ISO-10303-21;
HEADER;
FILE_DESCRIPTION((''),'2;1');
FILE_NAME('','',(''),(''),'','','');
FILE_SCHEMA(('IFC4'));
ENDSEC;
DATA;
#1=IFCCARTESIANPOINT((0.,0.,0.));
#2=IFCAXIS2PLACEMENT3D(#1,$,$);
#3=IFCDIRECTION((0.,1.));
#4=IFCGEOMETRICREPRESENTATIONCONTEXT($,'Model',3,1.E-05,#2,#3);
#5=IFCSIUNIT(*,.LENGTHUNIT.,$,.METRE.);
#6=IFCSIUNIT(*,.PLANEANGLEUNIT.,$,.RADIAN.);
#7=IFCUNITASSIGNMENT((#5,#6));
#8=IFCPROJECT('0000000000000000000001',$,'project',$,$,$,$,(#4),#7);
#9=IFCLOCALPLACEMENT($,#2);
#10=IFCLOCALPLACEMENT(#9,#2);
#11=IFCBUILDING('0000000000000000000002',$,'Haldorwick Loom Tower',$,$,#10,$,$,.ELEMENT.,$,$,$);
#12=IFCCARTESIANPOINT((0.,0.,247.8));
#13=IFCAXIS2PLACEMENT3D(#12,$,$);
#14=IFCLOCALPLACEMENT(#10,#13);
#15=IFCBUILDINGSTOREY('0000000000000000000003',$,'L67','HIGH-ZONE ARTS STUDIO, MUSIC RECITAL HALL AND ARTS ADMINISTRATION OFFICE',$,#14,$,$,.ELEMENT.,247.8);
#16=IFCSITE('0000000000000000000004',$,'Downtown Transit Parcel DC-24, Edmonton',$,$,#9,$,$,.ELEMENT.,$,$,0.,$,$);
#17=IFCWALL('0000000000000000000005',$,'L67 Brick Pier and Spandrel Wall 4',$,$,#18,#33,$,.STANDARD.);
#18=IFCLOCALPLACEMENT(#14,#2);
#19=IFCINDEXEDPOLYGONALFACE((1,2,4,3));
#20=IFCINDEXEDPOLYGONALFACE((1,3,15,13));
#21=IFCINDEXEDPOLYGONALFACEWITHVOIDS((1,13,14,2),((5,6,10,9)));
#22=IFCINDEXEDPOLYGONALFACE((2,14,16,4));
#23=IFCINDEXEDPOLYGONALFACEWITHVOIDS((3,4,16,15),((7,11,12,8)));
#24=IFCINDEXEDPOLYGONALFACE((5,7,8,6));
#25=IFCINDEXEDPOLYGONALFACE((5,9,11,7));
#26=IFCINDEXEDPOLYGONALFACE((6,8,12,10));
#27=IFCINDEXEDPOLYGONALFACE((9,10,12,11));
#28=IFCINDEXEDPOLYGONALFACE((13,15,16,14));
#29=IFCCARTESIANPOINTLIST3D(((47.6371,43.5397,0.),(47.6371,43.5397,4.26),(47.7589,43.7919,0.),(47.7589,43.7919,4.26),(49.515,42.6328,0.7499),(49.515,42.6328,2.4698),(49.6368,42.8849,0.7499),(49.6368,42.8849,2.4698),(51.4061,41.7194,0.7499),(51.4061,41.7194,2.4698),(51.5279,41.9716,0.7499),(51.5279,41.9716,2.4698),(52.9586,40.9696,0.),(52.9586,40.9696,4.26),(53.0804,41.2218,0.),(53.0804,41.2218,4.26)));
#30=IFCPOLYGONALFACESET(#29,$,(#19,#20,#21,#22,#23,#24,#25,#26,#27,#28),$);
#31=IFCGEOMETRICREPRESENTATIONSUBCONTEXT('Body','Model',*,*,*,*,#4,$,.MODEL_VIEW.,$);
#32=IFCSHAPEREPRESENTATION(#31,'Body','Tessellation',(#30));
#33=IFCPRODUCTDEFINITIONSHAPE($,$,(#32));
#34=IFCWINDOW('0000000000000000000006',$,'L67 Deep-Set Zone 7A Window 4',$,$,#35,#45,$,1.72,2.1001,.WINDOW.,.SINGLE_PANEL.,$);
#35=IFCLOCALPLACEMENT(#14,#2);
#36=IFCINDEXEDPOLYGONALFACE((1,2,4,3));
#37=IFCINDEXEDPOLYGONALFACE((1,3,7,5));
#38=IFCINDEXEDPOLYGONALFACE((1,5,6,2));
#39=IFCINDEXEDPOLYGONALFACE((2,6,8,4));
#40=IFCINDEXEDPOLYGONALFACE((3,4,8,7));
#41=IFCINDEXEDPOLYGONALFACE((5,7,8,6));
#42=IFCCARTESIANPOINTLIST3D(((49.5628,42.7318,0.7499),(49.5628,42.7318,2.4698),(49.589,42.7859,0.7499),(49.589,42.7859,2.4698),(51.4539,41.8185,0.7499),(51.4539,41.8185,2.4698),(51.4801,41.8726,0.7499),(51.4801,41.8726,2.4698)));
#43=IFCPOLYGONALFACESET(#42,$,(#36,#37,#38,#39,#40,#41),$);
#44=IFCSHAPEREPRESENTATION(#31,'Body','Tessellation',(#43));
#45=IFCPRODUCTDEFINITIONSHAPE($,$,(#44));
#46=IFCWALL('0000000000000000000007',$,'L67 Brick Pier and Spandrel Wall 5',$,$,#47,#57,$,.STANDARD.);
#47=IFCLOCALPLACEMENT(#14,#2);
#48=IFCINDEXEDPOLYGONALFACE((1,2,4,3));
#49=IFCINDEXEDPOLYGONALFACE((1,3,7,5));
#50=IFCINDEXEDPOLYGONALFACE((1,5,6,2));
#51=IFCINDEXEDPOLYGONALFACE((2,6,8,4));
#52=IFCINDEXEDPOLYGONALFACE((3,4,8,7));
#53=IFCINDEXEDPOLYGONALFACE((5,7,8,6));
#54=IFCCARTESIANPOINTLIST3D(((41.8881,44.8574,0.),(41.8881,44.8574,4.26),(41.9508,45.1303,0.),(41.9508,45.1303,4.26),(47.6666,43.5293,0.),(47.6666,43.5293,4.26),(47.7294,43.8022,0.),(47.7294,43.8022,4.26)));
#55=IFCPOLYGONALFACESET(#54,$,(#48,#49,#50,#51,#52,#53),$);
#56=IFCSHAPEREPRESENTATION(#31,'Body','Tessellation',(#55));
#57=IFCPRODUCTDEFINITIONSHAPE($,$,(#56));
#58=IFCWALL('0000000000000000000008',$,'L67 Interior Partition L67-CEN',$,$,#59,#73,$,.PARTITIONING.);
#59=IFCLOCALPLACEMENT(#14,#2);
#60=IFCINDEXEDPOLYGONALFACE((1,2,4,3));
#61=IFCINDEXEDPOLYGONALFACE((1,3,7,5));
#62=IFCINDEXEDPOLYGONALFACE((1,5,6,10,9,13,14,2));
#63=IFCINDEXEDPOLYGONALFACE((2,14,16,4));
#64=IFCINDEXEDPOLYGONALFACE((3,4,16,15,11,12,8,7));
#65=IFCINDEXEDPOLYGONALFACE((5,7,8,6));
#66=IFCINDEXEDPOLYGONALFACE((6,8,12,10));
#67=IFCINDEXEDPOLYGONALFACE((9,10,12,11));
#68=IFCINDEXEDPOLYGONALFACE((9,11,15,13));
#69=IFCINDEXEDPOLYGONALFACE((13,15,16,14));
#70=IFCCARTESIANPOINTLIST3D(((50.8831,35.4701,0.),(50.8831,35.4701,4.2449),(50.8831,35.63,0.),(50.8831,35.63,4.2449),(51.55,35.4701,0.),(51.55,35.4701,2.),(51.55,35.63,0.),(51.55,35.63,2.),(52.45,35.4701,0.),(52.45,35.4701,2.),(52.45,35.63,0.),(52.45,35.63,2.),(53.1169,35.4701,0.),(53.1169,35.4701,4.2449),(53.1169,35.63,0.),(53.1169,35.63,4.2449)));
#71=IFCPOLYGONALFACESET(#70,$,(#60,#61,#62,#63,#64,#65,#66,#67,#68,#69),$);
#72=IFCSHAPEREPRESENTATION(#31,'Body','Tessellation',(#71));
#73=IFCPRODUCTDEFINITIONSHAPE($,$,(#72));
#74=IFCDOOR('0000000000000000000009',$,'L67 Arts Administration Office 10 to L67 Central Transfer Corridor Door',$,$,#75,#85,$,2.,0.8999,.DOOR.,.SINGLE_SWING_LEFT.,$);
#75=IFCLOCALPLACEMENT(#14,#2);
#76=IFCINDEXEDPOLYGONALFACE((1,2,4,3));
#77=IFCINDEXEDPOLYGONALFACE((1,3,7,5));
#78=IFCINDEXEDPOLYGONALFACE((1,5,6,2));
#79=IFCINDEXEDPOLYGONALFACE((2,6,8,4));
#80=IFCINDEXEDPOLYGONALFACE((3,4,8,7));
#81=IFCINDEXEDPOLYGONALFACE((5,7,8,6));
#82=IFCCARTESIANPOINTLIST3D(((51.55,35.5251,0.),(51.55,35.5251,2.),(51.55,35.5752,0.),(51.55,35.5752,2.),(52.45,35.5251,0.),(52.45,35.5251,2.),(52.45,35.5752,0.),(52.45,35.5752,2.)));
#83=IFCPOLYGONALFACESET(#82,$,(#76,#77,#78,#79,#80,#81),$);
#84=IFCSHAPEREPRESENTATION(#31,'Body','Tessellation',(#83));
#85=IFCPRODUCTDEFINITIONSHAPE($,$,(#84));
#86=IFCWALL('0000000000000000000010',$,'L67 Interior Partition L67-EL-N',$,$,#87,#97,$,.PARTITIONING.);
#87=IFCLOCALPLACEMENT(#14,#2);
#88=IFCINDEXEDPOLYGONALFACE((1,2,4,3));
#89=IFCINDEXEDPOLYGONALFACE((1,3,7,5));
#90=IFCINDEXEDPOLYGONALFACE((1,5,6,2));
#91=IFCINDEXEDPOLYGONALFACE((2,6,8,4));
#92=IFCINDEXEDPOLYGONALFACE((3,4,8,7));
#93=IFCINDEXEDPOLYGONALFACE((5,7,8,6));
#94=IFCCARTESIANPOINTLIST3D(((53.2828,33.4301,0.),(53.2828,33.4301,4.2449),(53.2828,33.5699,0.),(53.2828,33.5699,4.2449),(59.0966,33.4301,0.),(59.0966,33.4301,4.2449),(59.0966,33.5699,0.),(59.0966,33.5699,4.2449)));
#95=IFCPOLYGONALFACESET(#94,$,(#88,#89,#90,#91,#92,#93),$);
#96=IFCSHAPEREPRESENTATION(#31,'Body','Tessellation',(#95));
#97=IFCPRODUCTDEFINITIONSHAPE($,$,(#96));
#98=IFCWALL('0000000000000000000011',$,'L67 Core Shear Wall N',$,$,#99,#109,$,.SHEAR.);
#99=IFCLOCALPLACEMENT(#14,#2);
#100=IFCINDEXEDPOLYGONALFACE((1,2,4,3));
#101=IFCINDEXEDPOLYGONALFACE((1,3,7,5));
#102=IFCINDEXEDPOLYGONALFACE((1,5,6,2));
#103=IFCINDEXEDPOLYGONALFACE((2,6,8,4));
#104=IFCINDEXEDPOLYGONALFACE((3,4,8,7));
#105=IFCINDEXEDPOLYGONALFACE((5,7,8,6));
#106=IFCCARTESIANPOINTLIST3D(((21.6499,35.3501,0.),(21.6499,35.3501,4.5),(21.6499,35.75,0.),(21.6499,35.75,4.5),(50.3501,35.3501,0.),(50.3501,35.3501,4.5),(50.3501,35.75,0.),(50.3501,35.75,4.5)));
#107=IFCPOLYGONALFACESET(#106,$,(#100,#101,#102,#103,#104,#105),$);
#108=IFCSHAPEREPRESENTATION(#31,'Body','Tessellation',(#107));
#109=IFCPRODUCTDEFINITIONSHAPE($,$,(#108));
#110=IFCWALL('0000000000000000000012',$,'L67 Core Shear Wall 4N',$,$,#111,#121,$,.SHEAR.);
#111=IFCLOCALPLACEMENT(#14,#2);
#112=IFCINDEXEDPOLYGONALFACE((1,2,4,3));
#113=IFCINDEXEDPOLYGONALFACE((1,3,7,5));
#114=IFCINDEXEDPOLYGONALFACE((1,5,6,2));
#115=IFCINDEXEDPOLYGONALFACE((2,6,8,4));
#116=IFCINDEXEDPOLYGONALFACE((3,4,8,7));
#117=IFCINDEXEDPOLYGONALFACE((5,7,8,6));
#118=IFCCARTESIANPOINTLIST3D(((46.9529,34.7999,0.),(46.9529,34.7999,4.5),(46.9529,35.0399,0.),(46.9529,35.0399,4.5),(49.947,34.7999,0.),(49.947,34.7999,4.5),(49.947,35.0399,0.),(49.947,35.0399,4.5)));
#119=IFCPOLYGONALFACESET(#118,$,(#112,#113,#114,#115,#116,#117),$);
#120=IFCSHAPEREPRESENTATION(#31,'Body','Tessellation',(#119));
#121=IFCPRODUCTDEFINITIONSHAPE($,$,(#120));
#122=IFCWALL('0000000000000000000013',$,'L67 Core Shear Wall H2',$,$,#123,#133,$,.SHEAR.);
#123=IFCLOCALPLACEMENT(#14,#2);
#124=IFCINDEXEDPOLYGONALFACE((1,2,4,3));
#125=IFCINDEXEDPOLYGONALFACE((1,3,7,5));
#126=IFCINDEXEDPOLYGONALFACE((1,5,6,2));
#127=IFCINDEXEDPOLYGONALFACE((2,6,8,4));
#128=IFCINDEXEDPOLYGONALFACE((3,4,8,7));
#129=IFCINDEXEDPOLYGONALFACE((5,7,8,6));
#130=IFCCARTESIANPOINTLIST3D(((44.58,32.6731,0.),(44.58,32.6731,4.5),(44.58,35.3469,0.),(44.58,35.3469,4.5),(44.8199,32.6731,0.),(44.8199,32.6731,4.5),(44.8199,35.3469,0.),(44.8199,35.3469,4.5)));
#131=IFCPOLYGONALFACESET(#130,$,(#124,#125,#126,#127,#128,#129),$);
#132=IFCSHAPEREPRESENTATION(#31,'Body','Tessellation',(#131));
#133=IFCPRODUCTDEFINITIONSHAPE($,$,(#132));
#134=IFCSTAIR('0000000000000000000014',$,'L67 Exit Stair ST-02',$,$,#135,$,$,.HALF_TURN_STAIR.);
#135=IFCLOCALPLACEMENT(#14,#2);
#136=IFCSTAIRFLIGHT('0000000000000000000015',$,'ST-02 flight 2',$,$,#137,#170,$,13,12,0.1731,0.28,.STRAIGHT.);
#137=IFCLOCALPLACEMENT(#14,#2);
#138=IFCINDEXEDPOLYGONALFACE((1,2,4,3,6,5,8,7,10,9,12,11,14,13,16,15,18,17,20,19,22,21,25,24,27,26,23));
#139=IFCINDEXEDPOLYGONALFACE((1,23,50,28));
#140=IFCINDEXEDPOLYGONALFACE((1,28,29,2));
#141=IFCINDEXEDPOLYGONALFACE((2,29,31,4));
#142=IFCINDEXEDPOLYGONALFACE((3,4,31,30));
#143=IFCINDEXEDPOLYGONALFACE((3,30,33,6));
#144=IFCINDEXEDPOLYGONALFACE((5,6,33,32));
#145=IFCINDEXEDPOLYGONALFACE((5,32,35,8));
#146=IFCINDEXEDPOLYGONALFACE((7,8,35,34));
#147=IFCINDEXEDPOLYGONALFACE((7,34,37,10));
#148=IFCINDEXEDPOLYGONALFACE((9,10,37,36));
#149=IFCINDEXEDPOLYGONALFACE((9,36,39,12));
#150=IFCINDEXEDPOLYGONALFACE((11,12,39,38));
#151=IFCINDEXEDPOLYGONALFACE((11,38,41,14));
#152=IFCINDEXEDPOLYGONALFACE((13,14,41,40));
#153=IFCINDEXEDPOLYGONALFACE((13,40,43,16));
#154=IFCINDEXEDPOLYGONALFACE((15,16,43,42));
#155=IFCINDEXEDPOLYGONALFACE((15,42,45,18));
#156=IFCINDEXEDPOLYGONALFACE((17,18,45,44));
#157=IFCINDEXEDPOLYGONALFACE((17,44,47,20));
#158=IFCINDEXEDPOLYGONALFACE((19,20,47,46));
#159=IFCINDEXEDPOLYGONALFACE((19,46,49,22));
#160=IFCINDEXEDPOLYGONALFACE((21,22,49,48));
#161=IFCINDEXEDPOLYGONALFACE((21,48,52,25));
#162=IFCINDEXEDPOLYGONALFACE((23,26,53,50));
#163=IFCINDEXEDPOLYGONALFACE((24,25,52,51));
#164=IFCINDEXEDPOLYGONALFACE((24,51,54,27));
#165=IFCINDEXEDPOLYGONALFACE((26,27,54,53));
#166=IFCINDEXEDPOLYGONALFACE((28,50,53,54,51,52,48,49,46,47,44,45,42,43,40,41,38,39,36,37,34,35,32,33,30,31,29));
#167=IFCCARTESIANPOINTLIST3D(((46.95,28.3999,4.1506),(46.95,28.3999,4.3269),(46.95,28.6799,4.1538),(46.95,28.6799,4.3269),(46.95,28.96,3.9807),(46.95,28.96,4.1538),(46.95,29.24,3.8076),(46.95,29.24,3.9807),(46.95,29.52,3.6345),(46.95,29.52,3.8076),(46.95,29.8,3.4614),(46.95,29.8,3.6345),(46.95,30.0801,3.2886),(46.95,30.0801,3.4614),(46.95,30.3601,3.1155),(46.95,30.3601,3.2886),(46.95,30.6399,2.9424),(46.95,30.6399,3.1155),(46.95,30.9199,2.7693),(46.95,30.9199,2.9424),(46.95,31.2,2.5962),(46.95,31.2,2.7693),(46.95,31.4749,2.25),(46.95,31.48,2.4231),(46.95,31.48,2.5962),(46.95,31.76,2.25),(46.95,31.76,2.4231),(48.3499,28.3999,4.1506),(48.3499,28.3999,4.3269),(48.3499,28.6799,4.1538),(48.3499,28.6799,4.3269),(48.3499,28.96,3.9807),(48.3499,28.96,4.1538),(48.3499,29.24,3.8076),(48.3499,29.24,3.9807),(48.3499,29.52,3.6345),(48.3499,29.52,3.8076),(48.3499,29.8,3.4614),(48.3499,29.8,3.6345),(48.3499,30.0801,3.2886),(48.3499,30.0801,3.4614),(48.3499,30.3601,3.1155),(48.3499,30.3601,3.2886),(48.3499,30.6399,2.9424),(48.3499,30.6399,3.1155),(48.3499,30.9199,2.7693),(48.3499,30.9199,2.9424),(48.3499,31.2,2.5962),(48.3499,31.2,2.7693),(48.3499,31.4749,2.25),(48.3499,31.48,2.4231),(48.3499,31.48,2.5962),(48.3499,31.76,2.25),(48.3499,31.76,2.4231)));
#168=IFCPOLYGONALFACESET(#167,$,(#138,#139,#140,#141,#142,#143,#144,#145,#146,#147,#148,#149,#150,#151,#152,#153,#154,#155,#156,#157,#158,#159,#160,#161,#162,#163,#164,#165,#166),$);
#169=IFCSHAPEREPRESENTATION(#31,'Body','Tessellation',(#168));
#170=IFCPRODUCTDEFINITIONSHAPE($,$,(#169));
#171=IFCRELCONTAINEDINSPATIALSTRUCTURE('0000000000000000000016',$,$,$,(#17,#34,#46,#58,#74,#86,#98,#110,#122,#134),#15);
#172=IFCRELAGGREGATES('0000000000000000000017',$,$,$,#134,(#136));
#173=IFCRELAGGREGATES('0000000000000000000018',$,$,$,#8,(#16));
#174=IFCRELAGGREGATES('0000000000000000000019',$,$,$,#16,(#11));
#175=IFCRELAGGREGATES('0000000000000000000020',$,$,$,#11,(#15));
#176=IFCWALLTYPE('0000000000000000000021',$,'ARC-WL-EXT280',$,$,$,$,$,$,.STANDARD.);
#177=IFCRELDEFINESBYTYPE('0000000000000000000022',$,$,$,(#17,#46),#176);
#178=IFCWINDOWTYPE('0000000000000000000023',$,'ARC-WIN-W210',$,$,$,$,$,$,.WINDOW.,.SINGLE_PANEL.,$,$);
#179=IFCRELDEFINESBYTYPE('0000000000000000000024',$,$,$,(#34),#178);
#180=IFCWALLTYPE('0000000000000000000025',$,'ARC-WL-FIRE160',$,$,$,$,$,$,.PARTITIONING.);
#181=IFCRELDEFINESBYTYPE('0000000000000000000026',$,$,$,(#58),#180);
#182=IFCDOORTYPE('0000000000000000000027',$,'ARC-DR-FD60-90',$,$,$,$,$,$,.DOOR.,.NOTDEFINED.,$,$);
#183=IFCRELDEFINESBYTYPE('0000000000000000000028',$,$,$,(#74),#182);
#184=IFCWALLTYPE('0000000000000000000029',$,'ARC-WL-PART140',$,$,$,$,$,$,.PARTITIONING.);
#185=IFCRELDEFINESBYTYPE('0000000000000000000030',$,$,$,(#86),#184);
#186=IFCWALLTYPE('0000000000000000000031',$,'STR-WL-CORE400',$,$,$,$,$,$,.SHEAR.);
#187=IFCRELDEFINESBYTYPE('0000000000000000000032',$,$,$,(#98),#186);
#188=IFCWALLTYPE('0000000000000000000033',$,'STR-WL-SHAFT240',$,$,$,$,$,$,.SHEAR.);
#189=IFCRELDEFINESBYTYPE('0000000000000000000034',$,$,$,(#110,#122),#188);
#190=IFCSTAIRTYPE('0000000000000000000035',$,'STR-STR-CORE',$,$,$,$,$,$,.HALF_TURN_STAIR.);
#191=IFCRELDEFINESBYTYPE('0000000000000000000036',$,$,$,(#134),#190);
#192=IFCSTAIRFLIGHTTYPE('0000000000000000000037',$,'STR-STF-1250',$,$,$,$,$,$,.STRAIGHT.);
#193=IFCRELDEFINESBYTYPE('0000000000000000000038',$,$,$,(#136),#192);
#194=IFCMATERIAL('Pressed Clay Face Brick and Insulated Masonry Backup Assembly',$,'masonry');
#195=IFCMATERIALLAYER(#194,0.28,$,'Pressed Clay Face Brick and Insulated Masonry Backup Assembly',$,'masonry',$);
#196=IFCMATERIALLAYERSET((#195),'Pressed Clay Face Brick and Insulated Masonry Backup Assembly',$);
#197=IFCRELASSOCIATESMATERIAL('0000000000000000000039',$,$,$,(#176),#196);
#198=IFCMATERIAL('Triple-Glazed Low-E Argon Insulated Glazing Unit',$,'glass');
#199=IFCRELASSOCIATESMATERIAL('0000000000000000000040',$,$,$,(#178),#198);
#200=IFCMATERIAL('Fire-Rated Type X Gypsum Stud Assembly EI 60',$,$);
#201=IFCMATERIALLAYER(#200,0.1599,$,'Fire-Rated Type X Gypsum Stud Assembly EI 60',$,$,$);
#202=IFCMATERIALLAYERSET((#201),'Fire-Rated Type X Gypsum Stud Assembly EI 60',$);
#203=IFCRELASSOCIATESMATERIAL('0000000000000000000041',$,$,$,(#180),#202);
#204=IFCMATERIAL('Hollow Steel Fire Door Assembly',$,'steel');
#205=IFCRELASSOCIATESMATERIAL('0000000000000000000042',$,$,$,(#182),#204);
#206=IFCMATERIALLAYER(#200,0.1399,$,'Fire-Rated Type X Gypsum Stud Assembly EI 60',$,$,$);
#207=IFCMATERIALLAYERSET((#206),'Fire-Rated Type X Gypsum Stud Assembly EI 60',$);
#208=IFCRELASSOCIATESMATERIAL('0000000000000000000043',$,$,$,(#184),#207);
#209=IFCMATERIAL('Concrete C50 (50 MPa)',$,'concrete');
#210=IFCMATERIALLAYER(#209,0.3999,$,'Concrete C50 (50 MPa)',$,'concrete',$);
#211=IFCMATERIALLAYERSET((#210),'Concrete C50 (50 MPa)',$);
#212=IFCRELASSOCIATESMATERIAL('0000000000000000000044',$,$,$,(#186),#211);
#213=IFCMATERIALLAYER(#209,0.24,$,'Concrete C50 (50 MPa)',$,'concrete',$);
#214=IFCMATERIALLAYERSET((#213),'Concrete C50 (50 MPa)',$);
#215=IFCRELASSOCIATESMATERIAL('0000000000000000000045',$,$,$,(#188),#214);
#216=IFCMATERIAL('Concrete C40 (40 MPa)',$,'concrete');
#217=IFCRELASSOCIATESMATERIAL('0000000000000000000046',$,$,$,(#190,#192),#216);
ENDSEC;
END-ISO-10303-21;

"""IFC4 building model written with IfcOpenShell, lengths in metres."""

from ifc_helpers import new_model, si_unit, direction, frame, frame_2d, origin, place, context, subcontext, project, spatial, polyline, rectangle, outline, extrude, material, layer, layer_set, type_object, element, fill, aggregate, save


model = new_model("IFC4")

# Units and contexts
model_context = context("Model", 3, precision=1e-05, world=origin(), true_north=direction((0.0, 1.0)))
body_context = subcontext(model_context, "Body", "Model", "MODEL_VIEW")
ifc_project = project(units=[si_unit("LENGTHUNIT", "METRE"), si_unit("PLANEANGLEUNIT", "RADIAN")], contexts=[model_context])

# Site, building, storey
site_placement = place(None, origin())
site = spatial("IfcSite", under=ifc_project, at=site_placement, Name="Downtown Transit Parcel DC-24, Edmonton", CompositionType="ELEMENT", RefElevation=0.0)
building_placement = place(site_placement, origin())
building = spatial("IfcBuilding", under=site, at=building_placement, Name="Haldorwick Loom Tower", CompositionType="ELEMENT")
storey_placement = place(building_placement, frame((0.0, 0.0, 247.8)))
storey = spatial("IfcBuildingStorey", under=building, at=storey_placement, Name="L67", Description="HIGH-ZONE ARTS STUDIO, MUSIC RECITAL HALL AND ARTS ADMINISTRATION OFFICE", CompositionType="ELEMENT", Elevation=247.8)

# Shared definitions
ifc_material_1 = material(Name="Pressed Clay Face Brick and Insulated Masonry Backup Assembly", Category="masonry")
ifc_layer_1 = layer(ifc_material_1, 0.28, Name="Pressed Clay Face Brick and Insulated Masonry Backup Assembly", Category="masonry")
ifc_layer_set_1 = layer_set([ifc_layer_1], Name="Pressed Clay Face Brick and Insulated Masonry Backup Assembly")
wall_type_1 = type_object("IfcWallType", Name="ARC-WL-EXT280", PredefinedType="STANDARD", material=ifc_layer_set_1)

# Wall, opening, window
wall_1_placement = place(storey_placement, frame((53.0195, 41.0957, 0.0), z_axis=(0.0, 0.0, 1.0), x_axis=(-0.900482, 0.434893, 0.0)))
wall_1 = element("IfcWall", 1, at=wall_1_placement, inside=storey, type_object=wall_type_1, Name="L67 Brick Pier and Spandrel Wall 4", PredefinedType="STANDARD", context=body_context, shape_type="SweptSolid", body=[
    extrude(rectangle(XDim=5.9097, YDim=0.28, at=frame_2d((2.9548, 0.0))), origin(), (0.0, 0.0, 1.0), 4.26),
])
opening_1_placement = place(wall_1_placement, frame((1.7241, 0.0, 0.75)))
opening_1 = element("IfcOpeningElement", 2, at=opening_1_placement, cuts=wall_1, PredefinedType="OPENING", context=body_context, shape_type="SweptSolid", body=[
    extrude(rectangle(XDim=2.1001, YDim=1.72, at=frame_2d((1.05, 0.8599))), frame((0.0, 0.1499, 0.0), z_axis=(0.0, -1.0, 0.0), x_axis=(1.0, 0.0, 0.0)), (0.0, 0.0, 1.0), 0.3),
])
ifc_material_2 = material(Name="Triple-Glazed Low-E Argon Insulated Glazing Unit", Category="glass")
window_type = type_object("IfcWindowType", Name="ARC-WIN-W210", PartitioningType="SINGLE_PANEL", PredefinedType="WINDOW", material=ifc_material_2)
window_placement = place(opening_1_placement, origin())
window = element("IfcWindow", 3, at=window_placement, inside=storey, type_object=window_type, Name="L67 Deep-Set Zone 7A Window 4", OverallHeight=1.72, OverallWidth=2.1001, PartitioningType="SINGLE_PANEL", PredefinedType="WINDOW", context=body_context, shape_type="SweptSolid", body=[
    extrude(rectangle(XDim=2.1001, YDim=1.72, at=frame_2d((1.05, 0.8599))), frame((0.0, 0.03, 0.0), z_axis=(0.0, -1.0, 0.0), x_axis=(1.0, 0.0, 0.0)), (0.0, 0.0, 1.0), 0.0601),
])
fill(opening_1, window)

# Wall
wall_2_placement = place(storey_placement, frame((47.698, 43.6658, 0.0), z_axis=(0.0, 0.0, 1.0), x_axis=(-0.97459, 0.223996, 0.0)))
element("IfcWall", 4, at=wall_2_placement, inside=storey, type_object=wall_type_1, Name="L67 Brick Pier and Spandrel Wall 5", PredefinedType="STANDARD", context=body_context, shape_type="SweptSolid", body=[
    extrude(rectangle(XDim=5.9292, YDim=0.28, at=frame_2d((2.9646, 0.0))), origin(), (0.0, 0.0, 1.0), 4.26),
])

# Wall, opening, door
ifc_material_3 = material(Name="Fire-Rated Type X Gypsum Stud Assembly EI 60")
ifc_layer_2 = layer(ifc_material_3, 0.1599, Name="Fire-Rated Type X Gypsum Stud Assembly EI 60")
ifc_layer_set_2 = layer_set([ifc_layer_2], Name="Fire-Rated Type X Gypsum Stud Assembly EI 60")
wall_type_2 = type_object("IfcWallType", Name="ARC-WL-FIRE160", PredefinedType="PARTITIONING", material=ifc_layer_set_2)
wall_3_placement = place(storey_placement, frame((50.8831, 35.55, 0.0), z_axis=(0.0, 0.0, 1.0), x_axis=(1.0, 0.0, 0.0)))
wall_3 = element("IfcWall", 5, at=wall_3_placement, inside=storey, type_object=wall_type_2, Name="L67 Interior Partition L67-CEN", PredefinedType="PARTITIONING", context=body_context, shape_type="SweptSolid", body=[
    extrude(rectangle(XDim=2.2339, YDim=0.1599, at=frame_2d((1.1169, 0.0))), origin(), (0.0, 0.0, 1.0), 4.2449),
])
opening_2_placement = place(wall_3_placement, frame((0.667, 0.0, 0.0)))
opening_2 = element("IfcOpeningElement", 6, at=opening_2_placement, cuts=wall_3, PredefinedType="OPENING", context=body_context, shape_type="SweptSolid", body=[
    extrude(rectangle(XDim=0.8999, YDim=2.0, at=frame_2d((0.45, 1.0))), frame((0.0, 0.0898, 0.0), z_axis=(0.0, -1.0, 0.0), x_axis=(1.0, 0.0, 0.0)), (0.0, 0.0, 1.0), 0.1799),
])
ifc_material_4 = material(Name="Hollow Steel Fire Door Assembly", Category="steel")
door_type = type_object("IfcDoorType", Name="ARC-DR-FD60-90", OperationType="NOTDEFINED", PredefinedType="DOOR", material=ifc_material_4)
door_placement = place(opening_2_placement, frame((0.8999, 0.0, 0.0), z_axis=(0.0, 0.0, 1.0), x_axis=(-1.0, 0.0, 0.0)))
door = element("IfcDoor", 7, at=door_placement, inside=storey, type_object=door_type, Name="L67 Arts Administration Office 10 to L67 Central Transfer Corridor Door", OperationType="SINGLE_SWING_LEFT", OverallHeight=2.0, OverallWidth=0.8999, PredefinedType="DOOR", context=body_context, shape_type="SweptSolid", body=[
    extrude(rectangle(XDim=0.8999, YDim=2.0, at=frame_2d((0.45, 1.0))), frame((0.0, 0.0249, 0.0), z_axis=(0.0, -1.0, 0.0), x_axis=(1.0, 0.0, 0.0)), (0.0, 0.0, 1.0), 0.05),
])
fill(opening_2, door)

# Walls
ifc_layer_3 = layer(ifc_material_3, 0.1399, Name="Fire-Rated Type X Gypsum Stud Assembly EI 60")
ifc_layer_set_3 = layer_set([ifc_layer_3], Name="Fire-Rated Type X Gypsum Stud Assembly EI 60")
wall_type_3 = type_object("IfcWallType", Name="ARC-WL-PART140", PredefinedType="PARTITIONING", material=ifc_layer_set_3)
wall_4_placement = place(storey_placement, frame((53.283, 33.5, 0.0), z_axis=(0.0, 0.0, 1.0), x_axis=(1.0, 0.0, 0.0)))
element("IfcWall", 8, at=wall_4_placement, inside=storey, type_object=wall_type_3, Name="L67 Interior Partition L67-EL-N", PredefinedType="PARTITIONING", context=body_context, shape_type="SweptSolid", body=[
    extrude(rectangle(XDim=5.8137, YDim=0.1399, at=frame_2d((2.9067, 0.0))), origin(), (0.0, 0.0, 1.0), 4.2449),
])
ifc_material_5 = material(Name="Concrete C50 (50 MPa)", Category="concrete")
ifc_layer_4 = layer(ifc_material_5, 0.3999, Name="Concrete C50 (50 MPa)", Category="concrete")
ifc_layer_set_4 = layer_set([ifc_layer_4], Name="Concrete C50 (50 MPa)")
wall_type_4 = type_object("IfcWallType", Name="STR-WL-CORE400", PredefinedType="SHEAR", material=ifc_layer_set_4)
wall_5_placement = place(storey_placement, frame((50.3501, 35.55, 0.0), z_axis=(0.0, 0.0, 1.0), x_axis=(-1.0, 0.0, 0.0)))
element("IfcWall", 9, at=wall_5_placement, inside=storey, type_object=wall_type_4, Name="L67 Core Shear Wall N", PredefinedType="SHEAR", context=body_context, shape_type="SweptSolid", body=[
    extrude(rectangle(XDim=28.7002, YDim=0.3999, at=frame_2d((14.3501, 0.0))), origin(), (0.0, 0.0, 1.0), 4.5),
])
ifc_layer_5 = layer(ifc_material_5, 0.24, Name="Concrete C50 (50 MPa)", Category="concrete")
ifc_layer_set_5 = layer_set([ifc_layer_5], Name="Concrete C50 (50 MPa)")
wall_type_5 = type_object("IfcWallType", Name="STR-WL-SHAFT240", PredefinedType="SHEAR", material=ifc_layer_set_5)
wall_6_placement = place(storey_placement, frame((46.9529, 34.9199, 0.0), z_axis=(0.0, 0.0, 1.0), x_axis=(1.0, 0.0, 0.0)))
element("IfcWall", 10, at=wall_6_placement, inside=storey, type_object=wall_type_5, Name="L67 Core Shear Wall 4N", PredefinedType="SHEAR", context=body_context, shape_type="SweptSolid", body=[
    extrude(rectangle(XDim=2.9941, YDim=0.24, at=frame_2d((1.4971, 0.0))), origin(), (0.0, 0.0, 1.0), 4.5),
])
wall_7_placement = place(storey_placement, frame((44.7, 32.6731, 0.0), z_axis=(0.0, 0.0, 1.0), x_axis=(0.0, 1.0, 0.0)))
element("IfcWall", 11, at=wall_7_placement, inside=storey, type_object=wall_type_5, Name="L67 Core Shear Wall H2", PredefinedType="SHEAR", context=body_context, shape_type="SweptSolid", body=[
    extrude(rectangle(XDim=2.6738, YDim=0.24, at=frame_2d((1.3369, 0.0))), origin(), (0.0, 0.0, 1.0), 4.5),
])

# Stair, stair flight
ifc_material_6 = material(Name="Concrete C40 (40 MPa)", Category="concrete")
stair_type = type_object("IfcStairType", Name="STR-STR-CORE", PredefinedType="HALF_TURN_STAIR", material=ifc_material_6)
stair_placement = place(storey_placement, origin())
stair = element("IfcStair", 12, at=stair_placement, inside=storey, type_object=stair_type, Name="L67 Exit Stair ST-02", PredefinedType="HALF_TURN_STAIR")
stair_flight_type = type_object("IfcStairFlightType", Name="STR-STF-1250", PredefinedType="STRAIGHT", material=ifc_material_6)
stair_flight_placement = place(storey_placement, frame((47.6499, 31.76, 2.25), z_axis=(0.0, 0.0, 1.0), x_axis=(0.0, -1.0, 0.0)))
stair_flight = element("IfcStairFlight", 13, at=stair_flight_placement, type_object=stair_flight_type, Name="ST-02 flight 2", NumberOfRisers=13, NumberOfTreads=12, PredefinedType="STRAIGHT", RiserHeight=0.1731, TreadLength=0.28, context=body_context, shape_type="SweptSolid", body=[
    extrude(outline(polyline([(0.0, 0.0), (0.0, 0.1731), (0.28, 0.1731), (0.28, 0.3462), (0.5601, 0.3462), (0.5601, 0.5193), (0.8401, 0.5193), (0.8401, 0.6924), (1.1201, 0.6924), (1.1201, 0.8655), (1.3999, 0.8655), (1.3999, 1.0386), (1.6799, 1.0386), (1.6799, 1.2114), (1.96, 1.2114), (1.96, 1.3845), (2.24, 1.3845), (2.24, 1.5576), (2.52, 1.5576), (2.52, 1.7307), (2.8, 1.7307), (2.8, 1.9038), (3.0801, 1.9038), (3.0801, 2.0769), (3.3601, 2.0769), (3.3601, 2.25), (3.3601, 1.9006), (0.2852, 0.0), (0.0, 0.0)])), frame((0.0, 0.7, 0.0), z_axis=(0.0, -1.0, 0.0), x_axis=(1.0, 0.0, 0.0)), (0.0, 0.0, 1.0), 1.3999),
])
aggregate(stair, [stair_flight])

save(model, "model.ifc")
